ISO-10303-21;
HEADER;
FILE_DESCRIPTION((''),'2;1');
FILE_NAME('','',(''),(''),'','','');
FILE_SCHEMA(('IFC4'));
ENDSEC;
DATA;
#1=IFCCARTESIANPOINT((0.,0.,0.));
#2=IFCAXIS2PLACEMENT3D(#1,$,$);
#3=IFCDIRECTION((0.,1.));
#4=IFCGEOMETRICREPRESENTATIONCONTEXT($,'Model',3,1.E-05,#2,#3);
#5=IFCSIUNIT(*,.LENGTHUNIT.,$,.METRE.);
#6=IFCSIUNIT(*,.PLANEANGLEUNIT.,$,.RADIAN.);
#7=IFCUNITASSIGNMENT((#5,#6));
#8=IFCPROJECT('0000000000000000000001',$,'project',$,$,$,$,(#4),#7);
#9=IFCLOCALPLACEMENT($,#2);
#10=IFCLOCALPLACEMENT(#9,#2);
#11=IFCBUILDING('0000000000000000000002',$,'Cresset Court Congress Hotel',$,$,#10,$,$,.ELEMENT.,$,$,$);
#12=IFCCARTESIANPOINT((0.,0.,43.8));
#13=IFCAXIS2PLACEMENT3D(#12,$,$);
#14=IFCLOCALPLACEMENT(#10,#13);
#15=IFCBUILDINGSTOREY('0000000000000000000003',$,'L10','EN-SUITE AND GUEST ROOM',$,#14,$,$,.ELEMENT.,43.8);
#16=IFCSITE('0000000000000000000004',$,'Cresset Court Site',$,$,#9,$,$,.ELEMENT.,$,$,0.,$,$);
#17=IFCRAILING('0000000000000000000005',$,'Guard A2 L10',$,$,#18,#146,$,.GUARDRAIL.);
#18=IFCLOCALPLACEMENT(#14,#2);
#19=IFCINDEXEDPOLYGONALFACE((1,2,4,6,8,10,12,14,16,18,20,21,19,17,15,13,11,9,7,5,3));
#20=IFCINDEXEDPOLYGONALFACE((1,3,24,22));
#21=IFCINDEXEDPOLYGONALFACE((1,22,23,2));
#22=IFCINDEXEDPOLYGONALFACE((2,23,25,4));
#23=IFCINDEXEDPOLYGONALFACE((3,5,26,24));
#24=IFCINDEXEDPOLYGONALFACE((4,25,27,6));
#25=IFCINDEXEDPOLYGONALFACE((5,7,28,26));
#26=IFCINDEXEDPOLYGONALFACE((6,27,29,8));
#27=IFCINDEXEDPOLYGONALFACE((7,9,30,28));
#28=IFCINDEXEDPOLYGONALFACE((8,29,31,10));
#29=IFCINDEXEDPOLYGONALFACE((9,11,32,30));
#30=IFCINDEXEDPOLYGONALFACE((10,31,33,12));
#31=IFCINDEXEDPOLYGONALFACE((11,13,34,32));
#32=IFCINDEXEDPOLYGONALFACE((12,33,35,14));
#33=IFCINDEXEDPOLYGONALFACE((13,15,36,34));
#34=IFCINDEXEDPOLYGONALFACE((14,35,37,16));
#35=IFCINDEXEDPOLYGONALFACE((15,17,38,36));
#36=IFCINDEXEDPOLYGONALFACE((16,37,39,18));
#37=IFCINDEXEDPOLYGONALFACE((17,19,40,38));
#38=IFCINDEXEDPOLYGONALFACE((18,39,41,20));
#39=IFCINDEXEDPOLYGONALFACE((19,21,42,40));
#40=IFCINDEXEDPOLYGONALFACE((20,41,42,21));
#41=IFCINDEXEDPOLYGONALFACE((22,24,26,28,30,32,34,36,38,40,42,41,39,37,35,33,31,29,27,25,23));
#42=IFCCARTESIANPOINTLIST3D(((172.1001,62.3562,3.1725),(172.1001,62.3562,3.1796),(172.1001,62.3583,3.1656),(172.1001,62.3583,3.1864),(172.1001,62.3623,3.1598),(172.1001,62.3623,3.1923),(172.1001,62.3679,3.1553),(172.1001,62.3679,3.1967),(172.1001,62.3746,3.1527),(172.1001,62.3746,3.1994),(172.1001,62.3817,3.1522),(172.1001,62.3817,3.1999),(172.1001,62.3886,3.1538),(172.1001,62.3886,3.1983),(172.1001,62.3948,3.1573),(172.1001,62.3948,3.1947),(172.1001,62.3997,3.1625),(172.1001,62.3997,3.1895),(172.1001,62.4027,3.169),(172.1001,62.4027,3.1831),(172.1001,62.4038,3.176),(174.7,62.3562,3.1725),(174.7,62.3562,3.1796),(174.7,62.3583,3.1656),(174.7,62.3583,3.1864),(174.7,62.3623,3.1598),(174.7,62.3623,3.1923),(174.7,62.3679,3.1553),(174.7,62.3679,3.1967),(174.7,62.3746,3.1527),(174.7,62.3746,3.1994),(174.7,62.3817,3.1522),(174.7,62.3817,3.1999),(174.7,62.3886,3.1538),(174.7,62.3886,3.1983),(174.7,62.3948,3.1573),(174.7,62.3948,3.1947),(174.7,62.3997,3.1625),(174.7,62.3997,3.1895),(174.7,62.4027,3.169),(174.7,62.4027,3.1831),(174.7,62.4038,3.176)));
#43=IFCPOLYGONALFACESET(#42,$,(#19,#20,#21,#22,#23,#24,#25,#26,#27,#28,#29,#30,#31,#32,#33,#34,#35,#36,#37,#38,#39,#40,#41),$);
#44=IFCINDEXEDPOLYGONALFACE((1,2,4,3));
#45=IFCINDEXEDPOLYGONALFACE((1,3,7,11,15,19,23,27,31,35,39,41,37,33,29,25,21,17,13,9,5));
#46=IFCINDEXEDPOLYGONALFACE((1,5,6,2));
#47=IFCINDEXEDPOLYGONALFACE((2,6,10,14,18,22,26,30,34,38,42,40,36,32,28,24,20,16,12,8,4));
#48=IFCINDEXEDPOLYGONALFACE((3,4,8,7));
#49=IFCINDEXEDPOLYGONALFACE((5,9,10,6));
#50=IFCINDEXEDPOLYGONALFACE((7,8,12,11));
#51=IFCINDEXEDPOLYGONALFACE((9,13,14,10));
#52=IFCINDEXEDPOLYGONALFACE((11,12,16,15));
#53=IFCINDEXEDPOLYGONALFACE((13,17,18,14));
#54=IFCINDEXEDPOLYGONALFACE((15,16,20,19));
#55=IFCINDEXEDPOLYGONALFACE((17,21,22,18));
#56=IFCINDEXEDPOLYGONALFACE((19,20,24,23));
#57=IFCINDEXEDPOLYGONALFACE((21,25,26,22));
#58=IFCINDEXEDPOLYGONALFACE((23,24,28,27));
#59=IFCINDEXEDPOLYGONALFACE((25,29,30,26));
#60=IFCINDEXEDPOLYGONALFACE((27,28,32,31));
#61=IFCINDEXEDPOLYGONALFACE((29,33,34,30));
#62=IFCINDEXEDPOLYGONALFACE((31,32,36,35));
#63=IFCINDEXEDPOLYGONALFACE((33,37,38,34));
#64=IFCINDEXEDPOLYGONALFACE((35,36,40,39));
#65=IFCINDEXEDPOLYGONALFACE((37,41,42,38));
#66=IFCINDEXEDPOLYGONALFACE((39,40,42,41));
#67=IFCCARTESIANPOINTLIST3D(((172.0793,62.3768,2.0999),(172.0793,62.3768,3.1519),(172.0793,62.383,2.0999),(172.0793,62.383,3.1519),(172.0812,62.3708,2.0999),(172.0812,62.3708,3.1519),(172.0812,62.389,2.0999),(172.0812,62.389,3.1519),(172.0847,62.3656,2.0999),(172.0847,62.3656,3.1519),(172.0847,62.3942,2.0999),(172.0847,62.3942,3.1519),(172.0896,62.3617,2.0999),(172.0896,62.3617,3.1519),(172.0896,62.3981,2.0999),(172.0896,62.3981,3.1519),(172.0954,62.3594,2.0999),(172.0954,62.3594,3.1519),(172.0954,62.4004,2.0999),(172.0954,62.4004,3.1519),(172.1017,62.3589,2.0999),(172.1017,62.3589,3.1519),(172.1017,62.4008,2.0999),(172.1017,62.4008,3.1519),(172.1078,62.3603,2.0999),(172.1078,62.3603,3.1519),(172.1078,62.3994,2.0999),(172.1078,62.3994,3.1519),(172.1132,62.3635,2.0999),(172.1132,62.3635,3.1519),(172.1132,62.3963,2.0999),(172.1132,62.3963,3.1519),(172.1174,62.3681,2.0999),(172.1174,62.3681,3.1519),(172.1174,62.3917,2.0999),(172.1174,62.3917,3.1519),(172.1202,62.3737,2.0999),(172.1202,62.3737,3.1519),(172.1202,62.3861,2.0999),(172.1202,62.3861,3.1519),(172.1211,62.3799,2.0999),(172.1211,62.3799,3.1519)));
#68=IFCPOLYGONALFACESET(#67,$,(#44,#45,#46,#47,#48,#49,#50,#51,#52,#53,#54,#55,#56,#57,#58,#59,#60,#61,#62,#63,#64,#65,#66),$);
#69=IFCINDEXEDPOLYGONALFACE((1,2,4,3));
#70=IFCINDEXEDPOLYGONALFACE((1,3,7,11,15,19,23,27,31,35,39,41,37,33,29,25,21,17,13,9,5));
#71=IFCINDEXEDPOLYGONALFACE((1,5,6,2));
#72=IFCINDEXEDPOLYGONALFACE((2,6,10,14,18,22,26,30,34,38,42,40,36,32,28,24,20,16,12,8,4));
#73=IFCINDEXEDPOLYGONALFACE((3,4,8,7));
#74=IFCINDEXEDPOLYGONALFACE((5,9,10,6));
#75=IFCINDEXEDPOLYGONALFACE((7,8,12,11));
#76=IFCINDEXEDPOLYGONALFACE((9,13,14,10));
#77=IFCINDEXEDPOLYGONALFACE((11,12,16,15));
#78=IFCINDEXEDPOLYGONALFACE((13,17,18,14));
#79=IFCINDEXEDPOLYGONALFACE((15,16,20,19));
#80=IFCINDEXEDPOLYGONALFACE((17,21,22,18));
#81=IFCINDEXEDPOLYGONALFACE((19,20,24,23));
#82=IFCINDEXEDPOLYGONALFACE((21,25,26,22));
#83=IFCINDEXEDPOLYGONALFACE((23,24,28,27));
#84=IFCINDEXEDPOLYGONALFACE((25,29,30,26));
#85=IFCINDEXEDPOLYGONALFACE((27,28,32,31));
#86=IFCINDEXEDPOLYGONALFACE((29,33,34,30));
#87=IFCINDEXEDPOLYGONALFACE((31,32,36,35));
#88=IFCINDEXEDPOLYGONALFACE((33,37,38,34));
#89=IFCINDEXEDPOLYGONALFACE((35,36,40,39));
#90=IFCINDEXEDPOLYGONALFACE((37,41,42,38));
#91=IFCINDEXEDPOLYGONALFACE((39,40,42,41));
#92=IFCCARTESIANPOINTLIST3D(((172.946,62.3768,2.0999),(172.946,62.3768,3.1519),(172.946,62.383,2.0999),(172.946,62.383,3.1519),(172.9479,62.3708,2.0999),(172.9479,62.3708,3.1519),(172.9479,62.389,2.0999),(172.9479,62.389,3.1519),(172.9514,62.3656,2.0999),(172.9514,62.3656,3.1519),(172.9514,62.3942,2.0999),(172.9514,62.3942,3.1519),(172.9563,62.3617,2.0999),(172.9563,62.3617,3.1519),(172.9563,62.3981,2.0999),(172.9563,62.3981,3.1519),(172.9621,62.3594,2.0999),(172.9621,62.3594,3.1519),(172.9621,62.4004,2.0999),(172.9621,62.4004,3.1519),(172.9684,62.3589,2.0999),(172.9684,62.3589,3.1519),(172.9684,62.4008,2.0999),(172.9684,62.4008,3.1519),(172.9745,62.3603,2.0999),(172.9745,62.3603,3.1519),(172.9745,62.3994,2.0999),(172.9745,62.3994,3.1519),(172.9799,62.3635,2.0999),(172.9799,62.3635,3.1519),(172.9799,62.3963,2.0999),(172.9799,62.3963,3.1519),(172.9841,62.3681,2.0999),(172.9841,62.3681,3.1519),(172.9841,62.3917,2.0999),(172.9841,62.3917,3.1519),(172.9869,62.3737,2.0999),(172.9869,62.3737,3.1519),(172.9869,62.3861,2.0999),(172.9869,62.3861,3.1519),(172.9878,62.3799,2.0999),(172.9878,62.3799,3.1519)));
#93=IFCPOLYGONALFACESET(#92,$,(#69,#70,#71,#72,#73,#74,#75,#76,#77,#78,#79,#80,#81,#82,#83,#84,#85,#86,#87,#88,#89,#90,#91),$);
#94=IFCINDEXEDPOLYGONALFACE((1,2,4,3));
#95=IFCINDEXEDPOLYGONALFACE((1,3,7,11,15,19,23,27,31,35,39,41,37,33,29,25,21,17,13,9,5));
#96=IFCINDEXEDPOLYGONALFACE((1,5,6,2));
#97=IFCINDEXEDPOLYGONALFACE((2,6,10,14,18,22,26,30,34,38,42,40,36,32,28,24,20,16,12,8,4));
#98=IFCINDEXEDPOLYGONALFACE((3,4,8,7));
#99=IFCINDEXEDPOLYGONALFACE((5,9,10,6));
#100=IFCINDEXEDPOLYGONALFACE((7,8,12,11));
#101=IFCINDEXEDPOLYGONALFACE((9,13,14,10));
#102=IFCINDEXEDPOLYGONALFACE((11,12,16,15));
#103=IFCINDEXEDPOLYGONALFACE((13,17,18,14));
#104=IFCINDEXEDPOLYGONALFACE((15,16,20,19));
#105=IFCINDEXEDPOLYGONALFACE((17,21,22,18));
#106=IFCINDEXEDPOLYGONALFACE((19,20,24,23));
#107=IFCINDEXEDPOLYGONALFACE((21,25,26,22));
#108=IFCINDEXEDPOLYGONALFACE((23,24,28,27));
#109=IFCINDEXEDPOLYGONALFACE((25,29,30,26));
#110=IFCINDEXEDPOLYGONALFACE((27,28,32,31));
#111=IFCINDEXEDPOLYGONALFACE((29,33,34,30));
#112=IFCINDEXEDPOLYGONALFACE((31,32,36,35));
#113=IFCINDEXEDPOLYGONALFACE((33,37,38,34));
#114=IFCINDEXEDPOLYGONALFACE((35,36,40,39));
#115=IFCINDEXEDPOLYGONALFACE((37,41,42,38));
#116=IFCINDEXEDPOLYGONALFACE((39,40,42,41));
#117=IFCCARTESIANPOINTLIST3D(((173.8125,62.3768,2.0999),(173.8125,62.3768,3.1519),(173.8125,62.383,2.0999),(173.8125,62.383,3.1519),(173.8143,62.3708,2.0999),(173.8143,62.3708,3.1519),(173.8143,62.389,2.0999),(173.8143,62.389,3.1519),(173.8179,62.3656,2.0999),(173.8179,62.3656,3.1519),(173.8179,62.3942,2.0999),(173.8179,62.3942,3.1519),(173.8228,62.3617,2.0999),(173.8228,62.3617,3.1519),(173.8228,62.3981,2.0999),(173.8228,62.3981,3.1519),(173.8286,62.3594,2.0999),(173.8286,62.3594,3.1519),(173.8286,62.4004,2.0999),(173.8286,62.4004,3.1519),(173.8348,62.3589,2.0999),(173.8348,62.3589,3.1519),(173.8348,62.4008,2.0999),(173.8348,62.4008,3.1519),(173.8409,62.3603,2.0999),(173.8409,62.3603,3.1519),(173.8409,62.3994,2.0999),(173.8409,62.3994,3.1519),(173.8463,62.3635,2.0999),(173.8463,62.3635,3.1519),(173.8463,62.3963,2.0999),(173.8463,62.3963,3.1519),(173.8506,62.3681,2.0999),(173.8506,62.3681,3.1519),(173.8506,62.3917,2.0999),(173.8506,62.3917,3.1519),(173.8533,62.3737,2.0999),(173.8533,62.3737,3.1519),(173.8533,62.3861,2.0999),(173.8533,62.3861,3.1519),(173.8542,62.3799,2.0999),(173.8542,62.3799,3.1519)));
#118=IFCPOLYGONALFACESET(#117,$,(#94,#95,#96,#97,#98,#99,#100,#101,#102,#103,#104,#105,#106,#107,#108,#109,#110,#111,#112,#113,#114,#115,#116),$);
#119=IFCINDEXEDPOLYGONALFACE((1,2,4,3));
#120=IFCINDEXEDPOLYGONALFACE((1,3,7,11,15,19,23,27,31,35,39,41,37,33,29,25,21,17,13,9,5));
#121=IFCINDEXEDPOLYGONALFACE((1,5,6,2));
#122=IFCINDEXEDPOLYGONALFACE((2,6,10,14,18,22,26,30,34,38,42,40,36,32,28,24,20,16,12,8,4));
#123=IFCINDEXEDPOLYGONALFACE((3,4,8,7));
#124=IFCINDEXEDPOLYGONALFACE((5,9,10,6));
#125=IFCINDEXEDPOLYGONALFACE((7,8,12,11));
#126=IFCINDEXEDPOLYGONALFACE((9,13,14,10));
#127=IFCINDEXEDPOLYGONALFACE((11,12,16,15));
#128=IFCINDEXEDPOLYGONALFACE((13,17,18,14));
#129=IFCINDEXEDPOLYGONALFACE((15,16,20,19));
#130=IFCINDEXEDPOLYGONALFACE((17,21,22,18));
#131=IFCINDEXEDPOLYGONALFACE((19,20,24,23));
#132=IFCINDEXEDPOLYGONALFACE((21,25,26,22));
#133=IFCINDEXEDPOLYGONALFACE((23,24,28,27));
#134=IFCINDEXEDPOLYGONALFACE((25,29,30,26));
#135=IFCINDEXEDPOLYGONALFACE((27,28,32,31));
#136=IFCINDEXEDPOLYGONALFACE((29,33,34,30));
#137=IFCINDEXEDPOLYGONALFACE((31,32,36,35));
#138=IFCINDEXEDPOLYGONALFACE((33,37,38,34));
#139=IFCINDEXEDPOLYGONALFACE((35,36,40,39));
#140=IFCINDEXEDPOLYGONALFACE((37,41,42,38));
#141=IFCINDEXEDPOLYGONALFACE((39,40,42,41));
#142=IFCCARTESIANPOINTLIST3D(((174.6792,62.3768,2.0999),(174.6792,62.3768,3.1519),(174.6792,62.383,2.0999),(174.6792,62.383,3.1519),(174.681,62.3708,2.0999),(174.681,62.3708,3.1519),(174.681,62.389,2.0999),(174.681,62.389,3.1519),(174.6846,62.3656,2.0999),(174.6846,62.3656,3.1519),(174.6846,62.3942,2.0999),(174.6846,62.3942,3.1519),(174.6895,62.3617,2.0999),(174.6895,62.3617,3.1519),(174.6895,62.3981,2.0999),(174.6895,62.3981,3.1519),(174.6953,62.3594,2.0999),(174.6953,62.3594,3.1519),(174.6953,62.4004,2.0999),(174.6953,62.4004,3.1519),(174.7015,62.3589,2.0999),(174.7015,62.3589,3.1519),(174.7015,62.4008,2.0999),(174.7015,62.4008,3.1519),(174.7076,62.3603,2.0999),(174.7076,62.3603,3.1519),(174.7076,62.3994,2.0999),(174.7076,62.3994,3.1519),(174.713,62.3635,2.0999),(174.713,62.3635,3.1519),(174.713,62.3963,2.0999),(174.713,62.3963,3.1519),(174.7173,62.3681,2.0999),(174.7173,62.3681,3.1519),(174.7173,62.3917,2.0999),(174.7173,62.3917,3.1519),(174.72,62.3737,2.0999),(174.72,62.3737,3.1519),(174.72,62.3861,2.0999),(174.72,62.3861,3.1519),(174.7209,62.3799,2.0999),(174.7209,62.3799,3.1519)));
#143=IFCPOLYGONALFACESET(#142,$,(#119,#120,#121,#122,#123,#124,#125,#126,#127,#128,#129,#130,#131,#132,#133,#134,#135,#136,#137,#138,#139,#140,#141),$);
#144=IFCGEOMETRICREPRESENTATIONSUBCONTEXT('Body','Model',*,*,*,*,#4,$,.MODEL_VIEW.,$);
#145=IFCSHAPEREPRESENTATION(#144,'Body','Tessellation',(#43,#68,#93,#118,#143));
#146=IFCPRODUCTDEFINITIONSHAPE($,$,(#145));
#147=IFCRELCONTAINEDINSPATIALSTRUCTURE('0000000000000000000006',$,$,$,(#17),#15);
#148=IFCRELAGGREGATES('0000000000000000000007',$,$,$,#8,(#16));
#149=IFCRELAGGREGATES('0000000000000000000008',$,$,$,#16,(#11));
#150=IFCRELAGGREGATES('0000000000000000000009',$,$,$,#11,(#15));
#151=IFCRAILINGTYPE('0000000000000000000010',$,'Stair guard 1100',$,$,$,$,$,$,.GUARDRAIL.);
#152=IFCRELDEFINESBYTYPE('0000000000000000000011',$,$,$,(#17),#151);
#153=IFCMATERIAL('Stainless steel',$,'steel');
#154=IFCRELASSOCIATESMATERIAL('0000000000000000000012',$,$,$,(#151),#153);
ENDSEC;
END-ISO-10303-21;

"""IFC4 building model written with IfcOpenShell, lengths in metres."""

from ifc_helpers import new_model, si_unit, direction, frame, origin, origin_2d, place, context, subcontext, project, spatial, circle, extrude, material, type_object, element, save


model = new_model("IFC4")

# Units and contexts
model_context = context("Model", 3, precision=1e-05, world=origin(), true_north=direction((0.0, 1.0)))
body_context = subcontext(model_context, "Body", "Model", "MODEL_VIEW")
ifc_project = project(units=[si_unit("LENGTHUNIT", "METRE"), si_unit("PLANEANGLEUNIT", "RADIAN")], contexts=[model_context])

# Site, building, storey
site_placement = place(None, origin())
site = spatial("IfcSite", under=ifc_project, at=site_placement, Name="Cresset Court Site", CompositionType="ELEMENT", RefElevation=0.0)
building_placement = place(site_placement, origin())
building = spatial("IfcBuilding", under=site, at=building_placement, Name="Cresset Court Congress Hotel", CompositionType="ELEMENT")
storey_placement = place(building_placement, frame((0.0, 0.0, 43.8)))
storey = spatial("IfcBuildingStorey", under=building, at=storey_placement, Name="L10", Description="EN-SUITE AND GUEST ROOM", CompositionType="ELEMENT", Elevation=43.8)

# Railing
ifc_material_1 = material(Name="Stainless steel", Category="steel")
railing_type_1 = type_object("IfcRailingType", Name="Stair guard 1100", PredefinedType="GUARDRAIL", material=ifc_material_1)
for number, where, name in (
    (1, (172.1001, 62.3799, 2.0999), "Guard A2 L10"),
):
    element("IfcRailing", number, at=place(storey_placement, frame(where)), inside=storey, type_object=railing_type_1, Name=name, PredefinedType="GUARDRAIL", context=body_context, shape_type="SweptSolid", body=[
        extrude(circle(Radius=0.0239, at=origin_2d()), frame((0.0, 0.0, 1.0762), z_axis=(1.0, 0.0, 0.0), x_axis=(0.0, 1.0, 0.0)), (0.0, 0.0, 1.0), 2.5999),
        extrude(circle(Radius=0.021, at=origin_2d()), origin(), (0.0, 0.0, 1.0), 1.052),
        extrude(circle(Radius=0.021, at=origin_2d()), frame((0.8667, 0.0, 0.0)), (0.0, 0.0, 1.0), 1.052),
        extrude(circle(Radius=0.021, at=origin_2d()), frame((1.7332, 0.0, 0.0)), (0.0, 0.0, 1.0), 1.052),
        extrude(circle(Radius=0.021, at=origin_2d()), frame((2.5999, 0.0, 0.0)), (0.0, 0.0, 1.0), 1.052),
    ])

save(model, "model.ifc")
